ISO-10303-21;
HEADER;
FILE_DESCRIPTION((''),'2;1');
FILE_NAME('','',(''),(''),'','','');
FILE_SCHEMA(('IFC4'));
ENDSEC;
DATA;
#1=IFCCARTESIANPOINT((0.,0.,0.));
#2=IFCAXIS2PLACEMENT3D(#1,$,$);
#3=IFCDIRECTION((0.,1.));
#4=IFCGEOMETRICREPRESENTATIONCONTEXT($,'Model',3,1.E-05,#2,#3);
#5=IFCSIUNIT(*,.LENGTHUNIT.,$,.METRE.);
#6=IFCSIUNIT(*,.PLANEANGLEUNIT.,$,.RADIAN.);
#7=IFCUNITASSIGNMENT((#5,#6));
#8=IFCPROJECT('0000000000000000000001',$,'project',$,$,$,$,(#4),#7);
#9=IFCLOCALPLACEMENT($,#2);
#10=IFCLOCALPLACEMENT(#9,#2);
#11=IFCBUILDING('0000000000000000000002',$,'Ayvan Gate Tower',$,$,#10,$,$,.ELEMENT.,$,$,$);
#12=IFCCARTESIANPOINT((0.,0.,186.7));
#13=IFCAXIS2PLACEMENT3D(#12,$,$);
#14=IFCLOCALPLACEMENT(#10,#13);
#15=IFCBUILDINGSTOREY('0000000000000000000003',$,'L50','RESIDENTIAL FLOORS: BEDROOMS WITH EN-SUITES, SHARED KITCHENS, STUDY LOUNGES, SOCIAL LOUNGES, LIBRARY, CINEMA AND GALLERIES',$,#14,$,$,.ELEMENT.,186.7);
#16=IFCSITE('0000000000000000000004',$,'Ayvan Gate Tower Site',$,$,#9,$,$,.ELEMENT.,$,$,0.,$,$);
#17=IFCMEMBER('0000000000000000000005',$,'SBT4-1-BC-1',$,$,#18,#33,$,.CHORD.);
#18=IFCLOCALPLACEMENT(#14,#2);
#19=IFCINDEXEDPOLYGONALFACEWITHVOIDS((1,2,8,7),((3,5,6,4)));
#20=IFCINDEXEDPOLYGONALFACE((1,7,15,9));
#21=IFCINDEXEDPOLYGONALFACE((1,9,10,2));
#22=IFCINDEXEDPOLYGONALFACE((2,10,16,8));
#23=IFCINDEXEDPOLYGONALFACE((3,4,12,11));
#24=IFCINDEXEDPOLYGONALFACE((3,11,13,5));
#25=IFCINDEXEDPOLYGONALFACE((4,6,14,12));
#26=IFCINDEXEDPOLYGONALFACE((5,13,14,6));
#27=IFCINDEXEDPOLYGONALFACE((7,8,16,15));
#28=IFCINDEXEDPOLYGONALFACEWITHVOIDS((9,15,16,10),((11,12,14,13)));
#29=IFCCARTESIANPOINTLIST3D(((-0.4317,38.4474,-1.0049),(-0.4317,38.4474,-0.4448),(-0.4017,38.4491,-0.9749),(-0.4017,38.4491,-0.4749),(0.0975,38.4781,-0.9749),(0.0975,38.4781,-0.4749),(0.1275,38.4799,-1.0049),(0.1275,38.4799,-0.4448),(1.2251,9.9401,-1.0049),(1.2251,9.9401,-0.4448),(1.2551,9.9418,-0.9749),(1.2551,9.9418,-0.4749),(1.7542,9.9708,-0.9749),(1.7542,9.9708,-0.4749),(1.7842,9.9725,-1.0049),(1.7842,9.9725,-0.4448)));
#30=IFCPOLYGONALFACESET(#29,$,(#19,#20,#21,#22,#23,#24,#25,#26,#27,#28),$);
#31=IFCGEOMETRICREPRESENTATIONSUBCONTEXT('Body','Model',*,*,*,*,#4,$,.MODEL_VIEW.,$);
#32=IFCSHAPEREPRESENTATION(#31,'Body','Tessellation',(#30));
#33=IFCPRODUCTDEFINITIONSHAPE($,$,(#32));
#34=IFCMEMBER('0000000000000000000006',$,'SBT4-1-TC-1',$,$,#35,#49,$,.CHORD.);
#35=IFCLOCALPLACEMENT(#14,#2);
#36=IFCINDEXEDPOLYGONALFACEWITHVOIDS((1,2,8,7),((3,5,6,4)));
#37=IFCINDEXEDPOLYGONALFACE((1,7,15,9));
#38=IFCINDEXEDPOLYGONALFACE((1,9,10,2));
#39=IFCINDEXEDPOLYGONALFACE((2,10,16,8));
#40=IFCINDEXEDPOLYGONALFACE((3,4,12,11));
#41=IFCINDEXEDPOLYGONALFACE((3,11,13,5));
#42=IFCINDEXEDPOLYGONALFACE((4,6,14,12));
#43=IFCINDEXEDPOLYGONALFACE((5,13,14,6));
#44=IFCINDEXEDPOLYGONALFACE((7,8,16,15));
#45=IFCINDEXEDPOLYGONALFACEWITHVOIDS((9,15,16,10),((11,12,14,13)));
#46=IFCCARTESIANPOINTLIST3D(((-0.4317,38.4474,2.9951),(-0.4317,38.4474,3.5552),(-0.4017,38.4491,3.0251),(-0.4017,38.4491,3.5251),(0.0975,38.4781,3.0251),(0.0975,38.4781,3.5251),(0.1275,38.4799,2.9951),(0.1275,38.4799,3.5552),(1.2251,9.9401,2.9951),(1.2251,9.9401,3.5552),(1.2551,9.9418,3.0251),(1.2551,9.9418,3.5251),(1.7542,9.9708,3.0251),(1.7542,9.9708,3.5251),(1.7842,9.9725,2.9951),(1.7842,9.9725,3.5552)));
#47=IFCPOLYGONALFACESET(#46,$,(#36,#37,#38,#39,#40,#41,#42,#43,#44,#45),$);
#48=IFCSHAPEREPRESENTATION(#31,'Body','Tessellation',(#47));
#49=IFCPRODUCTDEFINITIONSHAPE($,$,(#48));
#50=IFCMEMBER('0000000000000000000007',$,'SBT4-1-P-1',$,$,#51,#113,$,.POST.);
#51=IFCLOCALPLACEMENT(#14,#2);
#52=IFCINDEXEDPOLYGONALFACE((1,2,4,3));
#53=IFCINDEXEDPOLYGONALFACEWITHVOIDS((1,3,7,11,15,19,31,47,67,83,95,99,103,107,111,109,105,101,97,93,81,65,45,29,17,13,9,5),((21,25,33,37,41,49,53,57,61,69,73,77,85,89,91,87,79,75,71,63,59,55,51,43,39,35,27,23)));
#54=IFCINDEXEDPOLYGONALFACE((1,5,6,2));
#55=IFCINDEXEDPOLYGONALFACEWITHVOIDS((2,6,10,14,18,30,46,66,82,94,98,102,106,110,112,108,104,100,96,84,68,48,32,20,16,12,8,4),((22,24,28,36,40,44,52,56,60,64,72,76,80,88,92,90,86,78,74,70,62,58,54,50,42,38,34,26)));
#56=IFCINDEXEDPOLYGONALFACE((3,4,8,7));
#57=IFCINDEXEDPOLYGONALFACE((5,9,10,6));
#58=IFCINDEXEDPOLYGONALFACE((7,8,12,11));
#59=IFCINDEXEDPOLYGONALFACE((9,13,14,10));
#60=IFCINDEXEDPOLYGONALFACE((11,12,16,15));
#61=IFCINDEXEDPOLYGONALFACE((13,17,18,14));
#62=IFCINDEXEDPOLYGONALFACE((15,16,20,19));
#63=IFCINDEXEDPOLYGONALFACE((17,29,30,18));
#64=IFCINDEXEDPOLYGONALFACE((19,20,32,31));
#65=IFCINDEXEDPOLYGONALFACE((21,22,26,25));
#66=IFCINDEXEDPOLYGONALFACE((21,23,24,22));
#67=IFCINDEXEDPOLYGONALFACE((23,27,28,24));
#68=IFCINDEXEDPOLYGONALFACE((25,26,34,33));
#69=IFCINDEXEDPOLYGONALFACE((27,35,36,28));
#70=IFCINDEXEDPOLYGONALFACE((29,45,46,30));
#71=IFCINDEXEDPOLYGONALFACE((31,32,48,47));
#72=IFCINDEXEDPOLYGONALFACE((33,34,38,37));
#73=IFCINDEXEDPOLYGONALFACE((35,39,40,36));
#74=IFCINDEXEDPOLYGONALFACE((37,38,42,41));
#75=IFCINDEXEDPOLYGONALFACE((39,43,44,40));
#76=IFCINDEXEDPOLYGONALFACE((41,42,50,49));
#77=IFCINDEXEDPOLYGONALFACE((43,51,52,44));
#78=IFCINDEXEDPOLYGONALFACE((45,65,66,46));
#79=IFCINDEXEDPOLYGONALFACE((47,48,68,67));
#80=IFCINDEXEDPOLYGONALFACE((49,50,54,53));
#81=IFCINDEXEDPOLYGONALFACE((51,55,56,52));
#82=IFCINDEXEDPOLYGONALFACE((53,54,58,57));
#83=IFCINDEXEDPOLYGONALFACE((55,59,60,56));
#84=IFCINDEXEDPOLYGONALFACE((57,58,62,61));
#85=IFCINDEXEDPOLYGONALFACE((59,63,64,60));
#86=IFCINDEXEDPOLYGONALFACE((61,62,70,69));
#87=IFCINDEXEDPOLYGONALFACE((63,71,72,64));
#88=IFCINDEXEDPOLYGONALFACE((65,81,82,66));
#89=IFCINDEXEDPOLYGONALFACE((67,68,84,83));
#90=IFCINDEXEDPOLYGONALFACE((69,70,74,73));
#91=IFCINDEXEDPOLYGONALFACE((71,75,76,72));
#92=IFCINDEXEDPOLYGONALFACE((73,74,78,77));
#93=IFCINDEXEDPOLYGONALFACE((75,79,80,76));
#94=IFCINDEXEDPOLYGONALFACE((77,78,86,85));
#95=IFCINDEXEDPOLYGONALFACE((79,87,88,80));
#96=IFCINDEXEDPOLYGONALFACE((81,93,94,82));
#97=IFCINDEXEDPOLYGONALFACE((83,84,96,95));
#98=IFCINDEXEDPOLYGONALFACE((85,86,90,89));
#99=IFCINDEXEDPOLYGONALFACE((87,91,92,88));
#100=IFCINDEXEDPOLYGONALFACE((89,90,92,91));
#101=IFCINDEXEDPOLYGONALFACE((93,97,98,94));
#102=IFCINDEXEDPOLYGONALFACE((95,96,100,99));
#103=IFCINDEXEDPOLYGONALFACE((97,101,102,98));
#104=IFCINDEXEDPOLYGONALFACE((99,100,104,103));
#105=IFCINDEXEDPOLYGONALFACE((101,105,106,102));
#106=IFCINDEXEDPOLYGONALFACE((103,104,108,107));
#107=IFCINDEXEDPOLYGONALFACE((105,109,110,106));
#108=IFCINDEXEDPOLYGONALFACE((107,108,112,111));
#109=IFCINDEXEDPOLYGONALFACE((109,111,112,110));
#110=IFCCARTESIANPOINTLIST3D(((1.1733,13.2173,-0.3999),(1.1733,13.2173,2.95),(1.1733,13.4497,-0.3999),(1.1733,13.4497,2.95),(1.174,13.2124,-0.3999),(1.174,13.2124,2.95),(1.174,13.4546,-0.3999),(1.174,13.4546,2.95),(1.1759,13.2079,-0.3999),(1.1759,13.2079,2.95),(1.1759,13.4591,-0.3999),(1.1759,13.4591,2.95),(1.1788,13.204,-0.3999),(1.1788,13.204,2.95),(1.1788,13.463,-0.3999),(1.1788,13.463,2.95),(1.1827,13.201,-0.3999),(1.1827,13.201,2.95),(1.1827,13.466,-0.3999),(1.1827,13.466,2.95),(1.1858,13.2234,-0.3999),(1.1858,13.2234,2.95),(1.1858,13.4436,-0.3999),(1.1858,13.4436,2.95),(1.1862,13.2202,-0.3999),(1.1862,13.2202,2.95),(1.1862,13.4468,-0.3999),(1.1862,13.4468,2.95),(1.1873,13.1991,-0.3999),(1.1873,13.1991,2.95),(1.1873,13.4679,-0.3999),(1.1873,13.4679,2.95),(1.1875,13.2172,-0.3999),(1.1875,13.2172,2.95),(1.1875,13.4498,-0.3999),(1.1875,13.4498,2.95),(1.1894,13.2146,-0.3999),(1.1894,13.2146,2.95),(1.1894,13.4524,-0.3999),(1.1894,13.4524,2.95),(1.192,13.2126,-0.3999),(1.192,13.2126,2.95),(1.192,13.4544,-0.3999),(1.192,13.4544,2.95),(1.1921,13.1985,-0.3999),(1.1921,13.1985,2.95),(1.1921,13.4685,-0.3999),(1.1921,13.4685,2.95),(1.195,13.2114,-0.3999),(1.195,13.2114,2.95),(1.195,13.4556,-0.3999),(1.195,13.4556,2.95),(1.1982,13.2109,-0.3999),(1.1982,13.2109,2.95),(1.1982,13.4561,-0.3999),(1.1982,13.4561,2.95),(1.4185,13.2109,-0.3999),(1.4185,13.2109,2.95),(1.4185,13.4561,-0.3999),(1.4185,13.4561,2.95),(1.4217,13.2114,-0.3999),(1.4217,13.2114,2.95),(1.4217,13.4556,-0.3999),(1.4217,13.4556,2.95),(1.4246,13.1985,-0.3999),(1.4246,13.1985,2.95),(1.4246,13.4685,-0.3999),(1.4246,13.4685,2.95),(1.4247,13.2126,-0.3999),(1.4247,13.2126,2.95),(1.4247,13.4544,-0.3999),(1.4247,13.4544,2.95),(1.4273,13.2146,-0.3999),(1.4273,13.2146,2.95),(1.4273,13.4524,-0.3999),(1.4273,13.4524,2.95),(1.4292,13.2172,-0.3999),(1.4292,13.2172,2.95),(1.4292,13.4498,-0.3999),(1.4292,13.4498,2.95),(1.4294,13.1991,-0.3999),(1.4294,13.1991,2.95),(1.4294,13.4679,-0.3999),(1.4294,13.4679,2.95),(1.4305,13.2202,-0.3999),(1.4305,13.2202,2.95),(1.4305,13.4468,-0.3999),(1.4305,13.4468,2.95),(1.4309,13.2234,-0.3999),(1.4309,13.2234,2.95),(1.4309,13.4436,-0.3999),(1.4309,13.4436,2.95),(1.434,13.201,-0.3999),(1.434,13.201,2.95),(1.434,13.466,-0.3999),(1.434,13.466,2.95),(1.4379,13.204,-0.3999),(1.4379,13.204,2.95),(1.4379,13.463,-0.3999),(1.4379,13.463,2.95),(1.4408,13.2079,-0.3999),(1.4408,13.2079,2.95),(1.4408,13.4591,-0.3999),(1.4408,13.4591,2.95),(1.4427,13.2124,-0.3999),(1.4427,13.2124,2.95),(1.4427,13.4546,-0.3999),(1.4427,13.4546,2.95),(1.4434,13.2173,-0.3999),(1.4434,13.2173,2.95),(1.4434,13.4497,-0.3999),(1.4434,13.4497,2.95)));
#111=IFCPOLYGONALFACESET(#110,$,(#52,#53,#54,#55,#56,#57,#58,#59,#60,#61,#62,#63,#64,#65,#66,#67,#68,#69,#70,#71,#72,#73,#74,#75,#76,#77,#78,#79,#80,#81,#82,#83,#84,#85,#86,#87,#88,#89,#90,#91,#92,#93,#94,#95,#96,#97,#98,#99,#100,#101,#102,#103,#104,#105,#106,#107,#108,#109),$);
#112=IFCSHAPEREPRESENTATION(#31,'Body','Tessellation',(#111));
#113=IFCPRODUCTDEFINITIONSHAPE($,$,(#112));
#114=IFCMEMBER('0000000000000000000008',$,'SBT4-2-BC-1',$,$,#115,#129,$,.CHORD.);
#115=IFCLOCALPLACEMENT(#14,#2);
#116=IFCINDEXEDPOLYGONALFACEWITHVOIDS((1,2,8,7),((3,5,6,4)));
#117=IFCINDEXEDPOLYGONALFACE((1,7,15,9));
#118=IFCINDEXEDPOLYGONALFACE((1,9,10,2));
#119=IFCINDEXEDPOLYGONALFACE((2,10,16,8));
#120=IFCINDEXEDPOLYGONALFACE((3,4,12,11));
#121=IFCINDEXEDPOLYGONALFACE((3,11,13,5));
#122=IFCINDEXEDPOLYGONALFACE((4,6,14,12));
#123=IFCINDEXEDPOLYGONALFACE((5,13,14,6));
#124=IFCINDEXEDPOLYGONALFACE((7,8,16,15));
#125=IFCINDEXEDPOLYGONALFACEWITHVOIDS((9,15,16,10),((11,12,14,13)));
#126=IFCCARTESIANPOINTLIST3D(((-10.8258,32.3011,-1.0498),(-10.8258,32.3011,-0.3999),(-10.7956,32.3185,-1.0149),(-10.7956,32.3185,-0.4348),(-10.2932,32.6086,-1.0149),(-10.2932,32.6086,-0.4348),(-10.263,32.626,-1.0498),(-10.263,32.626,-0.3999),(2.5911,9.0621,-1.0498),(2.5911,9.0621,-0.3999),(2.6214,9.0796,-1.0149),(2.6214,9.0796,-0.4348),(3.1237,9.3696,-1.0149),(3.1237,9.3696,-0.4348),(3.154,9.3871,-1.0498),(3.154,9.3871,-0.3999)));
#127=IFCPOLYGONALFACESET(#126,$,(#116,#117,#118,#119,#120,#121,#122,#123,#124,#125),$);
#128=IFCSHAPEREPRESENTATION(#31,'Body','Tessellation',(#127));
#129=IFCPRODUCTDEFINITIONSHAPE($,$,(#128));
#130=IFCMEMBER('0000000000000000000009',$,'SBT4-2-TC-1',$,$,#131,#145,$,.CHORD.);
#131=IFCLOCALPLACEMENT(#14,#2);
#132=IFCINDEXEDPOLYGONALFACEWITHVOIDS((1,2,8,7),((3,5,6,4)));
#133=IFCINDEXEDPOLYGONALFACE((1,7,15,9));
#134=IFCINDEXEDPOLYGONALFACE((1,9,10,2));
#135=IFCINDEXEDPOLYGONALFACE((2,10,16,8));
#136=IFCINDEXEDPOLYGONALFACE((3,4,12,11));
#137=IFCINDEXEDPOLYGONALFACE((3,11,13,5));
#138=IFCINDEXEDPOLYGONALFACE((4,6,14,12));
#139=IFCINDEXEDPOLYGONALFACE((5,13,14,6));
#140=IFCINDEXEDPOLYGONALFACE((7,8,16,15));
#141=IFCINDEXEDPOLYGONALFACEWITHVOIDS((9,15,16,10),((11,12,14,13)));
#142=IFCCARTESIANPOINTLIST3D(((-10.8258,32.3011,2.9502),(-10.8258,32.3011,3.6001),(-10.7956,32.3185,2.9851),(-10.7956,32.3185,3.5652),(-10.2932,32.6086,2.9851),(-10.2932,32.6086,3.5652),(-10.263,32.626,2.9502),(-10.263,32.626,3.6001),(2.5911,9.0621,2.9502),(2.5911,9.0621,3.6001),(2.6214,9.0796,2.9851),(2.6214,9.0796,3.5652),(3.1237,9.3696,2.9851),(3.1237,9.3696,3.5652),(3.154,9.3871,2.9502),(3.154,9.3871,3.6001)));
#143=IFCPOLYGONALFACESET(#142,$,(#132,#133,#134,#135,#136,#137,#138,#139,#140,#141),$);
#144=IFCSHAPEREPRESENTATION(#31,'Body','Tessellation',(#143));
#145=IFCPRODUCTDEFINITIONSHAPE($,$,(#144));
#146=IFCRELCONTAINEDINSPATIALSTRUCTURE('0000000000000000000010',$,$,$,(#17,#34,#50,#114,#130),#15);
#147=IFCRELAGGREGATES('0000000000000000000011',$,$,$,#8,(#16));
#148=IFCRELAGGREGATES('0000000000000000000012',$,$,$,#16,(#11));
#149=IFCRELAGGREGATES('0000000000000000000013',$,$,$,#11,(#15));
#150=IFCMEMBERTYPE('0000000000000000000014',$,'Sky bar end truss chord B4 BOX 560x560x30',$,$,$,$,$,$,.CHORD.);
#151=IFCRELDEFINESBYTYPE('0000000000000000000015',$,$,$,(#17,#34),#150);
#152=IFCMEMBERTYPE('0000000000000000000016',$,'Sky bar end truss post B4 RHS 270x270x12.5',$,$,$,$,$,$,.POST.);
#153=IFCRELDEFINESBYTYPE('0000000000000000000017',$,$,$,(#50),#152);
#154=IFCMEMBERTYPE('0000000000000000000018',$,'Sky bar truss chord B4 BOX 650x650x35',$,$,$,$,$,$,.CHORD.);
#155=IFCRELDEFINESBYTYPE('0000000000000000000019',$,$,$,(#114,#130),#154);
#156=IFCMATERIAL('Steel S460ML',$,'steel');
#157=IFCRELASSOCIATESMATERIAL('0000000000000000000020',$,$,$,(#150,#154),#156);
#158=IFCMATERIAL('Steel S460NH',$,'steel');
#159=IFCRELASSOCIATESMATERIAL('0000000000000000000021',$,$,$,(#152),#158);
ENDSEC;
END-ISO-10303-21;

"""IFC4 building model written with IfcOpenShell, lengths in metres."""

from ifc_helpers import new_model, si_unit, direction, frame, origin, origin_2d, place, context, subcontext, project, spatial, hollow_rectangle, extrude, material, material_profile, profile_set, type_object, element, save


model = new_model("IFC4")

# Units and contexts
model_context = context("Model", 3, precision=1e-05, world=origin(), true_north=direction((0.0, 1.0)))
body_context = subcontext(model_context, "Body", "Model", "MODEL_VIEW")
ifc_project = project(units=[si_unit("LENGTHUNIT", "METRE"), si_unit("PLANEANGLEUNIT", "RADIAN")], contexts=[model_context])

# Site, building, storey
site_placement = place(None, origin())
site = spatial("IfcSite", under=ifc_project, at=site_placement, Name="Ayvan Gate Tower Site", CompositionType="ELEMENT", RefElevation=0.0)
building_placement = place(site_placement, origin())
building = spatial("IfcBuilding", under=site, at=building_placement, Name="Ayvan Gate Tower", CompositionType="ELEMENT")
storey_placement = place(building_placement, frame((0.0, 0.0, 186.7)))
storey = spatial("IfcBuildingStorey", under=building, at=storey_placement, Name="L50", Description="RESIDENTIAL FLOORS: BEDROOMS WITH EN-SUITES, SHARED KITCHENS, STUDY LOUNGES, SOCIAL LOUNGES, LIBRARY, CINEMA AND GALLERIES", CompositionType="ELEMENT", Elevation=186.7)

# Members
ifc_material_1 = material(Name="Steel S460ML", Category="steel")
ifc_material_profile_1 = material_profile(ifc_material_1, hollow_rectangle(XDim=0.5601, YDim=0.5601, WallThickness=0.03, at=origin_2d()), Name="BOX 560x560x30")
ifc_profile_set_1 = profile_set([ifc_material_profile_1], Name="Steel S460ML")
member_type_1 = type_object("IfcMemberType", Name="Sky bar end truss chord B4 BOX 560x560x30", PredefinedType="CHORD", material=ifc_profile_set_1)
for number, where, z_axis, x_axis, name in (
    (1, (1.5046, 9.9563, -0.7249), (-0.058018, 0.998316, 0.0), (-0.998316, -0.058018, 0.0), "SBT4-1-BC-1"),
    (2, (1.5046, 9.9563, 3.2751), (-0.058018, 0.998316, 0.0), (-0.998316, -0.058018, 0.0), "SBT4-1-TC-1"),
):
    element("IfcMember", number, at=place(storey_placement, frame(where, z_axis=z_axis, x_axis=x_axis)), inside=storey, type_object=member_type_1, Name=name, PredefinedType="CHORD", context=body_context, shape_type="SweptSolid", body=[
        extrude(hollow_rectangle(XDim=0.5601, YDim=0.5601, WallThickness=0.03, at=origin_2d()), origin(), (0.0, 0.0, 1.0), 28.5554),
    ])
ifc_material_2 = material(Name="Steel S460NH", Category="steel")
ifc_material_profile_2 = material_profile(ifc_material_2, hollow_rectangle(XDim=0.27, YDim=0.27, WallThickness=0.0125, InnerFilletRadius=0.0125, OuterFilletRadius=0.0188, at=origin_2d()), Name="RHS 270x270x12.5")
ifc_profile_set_2 = profile_set([ifc_material_profile_2], Name="Steel S460NH")
member_type_2 = type_object("IfcMemberType", Name="Sky bar end truss post B4 RHS 270x270x12.5", PredefinedType="POST", material=ifc_profile_set_2)
member_1_placement = place(storey_placement, frame((1.3083, 13.3335, -0.3999), z_axis=(0.0, 0.0, 1.0), x_axis=(1.0, 0.0, 0.0)))
element("IfcMember", 3, at=member_1_placement, inside=storey, type_object=member_type_2, Name="SBT4-1-P-1", PredefinedType="POST", context=body_context, shape_type="SweptSolid", body=[
    extrude(hollow_rectangle(XDim=0.27, YDim=0.27, WallThickness=0.0125, InnerFilletRadius=0.0125, OuterFilletRadius=0.0188, at=origin_2d()), origin(), (0.0, 0.0, 1.0), 3.3499),
])
ifc_material_profile_3 = material_profile(ifc_material_1, hollow_rectangle(XDim=0.6499, YDim=0.6499, WallThickness=0.0349, at=origin_2d()), Name="BOX 650x650x35")
ifc_profile_set_3 = profile_set([ifc_material_profile_3], Name="Steel S460ML")
member_type_3 = type_object("IfcMemberType", Name="Sky bar truss chord B4 BOX 650x650x35", PredefinedType="CHORD", material=ifc_profile_set_3)
for number, where, z_axis, x_axis, name in (
    (4, (2.8726, 9.2246, -0.7249), (-0.499998, 0.866026, 0.0), (-0.866026, -0.499998, 0.0), "SBT4-2-BC-1"),
    (5, (2.8726, 9.2246, 3.2751), (-0.499998, 0.866026, 0.0), (-0.866026, -0.499998, 0.0), "SBT4-2-TC-1"),
):
    element("IfcMember", number, at=place(storey_placement, frame(where, z_axis=z_axis, x_axis=x_axis)), inside=storey, type_object=member_type_3, Name=name, PredefinedType="CHORD", context=body_context, shape_type="SweptSolid", body=[
        extrude(hollow_rectangle(XDim=0.6499, YDim=0.6499, WallThickness=0.0349, at=origin_2d()), origin(), (0.0, 0.0, 1.0), 26.834),
    ])

save(model, "model.ifc")
